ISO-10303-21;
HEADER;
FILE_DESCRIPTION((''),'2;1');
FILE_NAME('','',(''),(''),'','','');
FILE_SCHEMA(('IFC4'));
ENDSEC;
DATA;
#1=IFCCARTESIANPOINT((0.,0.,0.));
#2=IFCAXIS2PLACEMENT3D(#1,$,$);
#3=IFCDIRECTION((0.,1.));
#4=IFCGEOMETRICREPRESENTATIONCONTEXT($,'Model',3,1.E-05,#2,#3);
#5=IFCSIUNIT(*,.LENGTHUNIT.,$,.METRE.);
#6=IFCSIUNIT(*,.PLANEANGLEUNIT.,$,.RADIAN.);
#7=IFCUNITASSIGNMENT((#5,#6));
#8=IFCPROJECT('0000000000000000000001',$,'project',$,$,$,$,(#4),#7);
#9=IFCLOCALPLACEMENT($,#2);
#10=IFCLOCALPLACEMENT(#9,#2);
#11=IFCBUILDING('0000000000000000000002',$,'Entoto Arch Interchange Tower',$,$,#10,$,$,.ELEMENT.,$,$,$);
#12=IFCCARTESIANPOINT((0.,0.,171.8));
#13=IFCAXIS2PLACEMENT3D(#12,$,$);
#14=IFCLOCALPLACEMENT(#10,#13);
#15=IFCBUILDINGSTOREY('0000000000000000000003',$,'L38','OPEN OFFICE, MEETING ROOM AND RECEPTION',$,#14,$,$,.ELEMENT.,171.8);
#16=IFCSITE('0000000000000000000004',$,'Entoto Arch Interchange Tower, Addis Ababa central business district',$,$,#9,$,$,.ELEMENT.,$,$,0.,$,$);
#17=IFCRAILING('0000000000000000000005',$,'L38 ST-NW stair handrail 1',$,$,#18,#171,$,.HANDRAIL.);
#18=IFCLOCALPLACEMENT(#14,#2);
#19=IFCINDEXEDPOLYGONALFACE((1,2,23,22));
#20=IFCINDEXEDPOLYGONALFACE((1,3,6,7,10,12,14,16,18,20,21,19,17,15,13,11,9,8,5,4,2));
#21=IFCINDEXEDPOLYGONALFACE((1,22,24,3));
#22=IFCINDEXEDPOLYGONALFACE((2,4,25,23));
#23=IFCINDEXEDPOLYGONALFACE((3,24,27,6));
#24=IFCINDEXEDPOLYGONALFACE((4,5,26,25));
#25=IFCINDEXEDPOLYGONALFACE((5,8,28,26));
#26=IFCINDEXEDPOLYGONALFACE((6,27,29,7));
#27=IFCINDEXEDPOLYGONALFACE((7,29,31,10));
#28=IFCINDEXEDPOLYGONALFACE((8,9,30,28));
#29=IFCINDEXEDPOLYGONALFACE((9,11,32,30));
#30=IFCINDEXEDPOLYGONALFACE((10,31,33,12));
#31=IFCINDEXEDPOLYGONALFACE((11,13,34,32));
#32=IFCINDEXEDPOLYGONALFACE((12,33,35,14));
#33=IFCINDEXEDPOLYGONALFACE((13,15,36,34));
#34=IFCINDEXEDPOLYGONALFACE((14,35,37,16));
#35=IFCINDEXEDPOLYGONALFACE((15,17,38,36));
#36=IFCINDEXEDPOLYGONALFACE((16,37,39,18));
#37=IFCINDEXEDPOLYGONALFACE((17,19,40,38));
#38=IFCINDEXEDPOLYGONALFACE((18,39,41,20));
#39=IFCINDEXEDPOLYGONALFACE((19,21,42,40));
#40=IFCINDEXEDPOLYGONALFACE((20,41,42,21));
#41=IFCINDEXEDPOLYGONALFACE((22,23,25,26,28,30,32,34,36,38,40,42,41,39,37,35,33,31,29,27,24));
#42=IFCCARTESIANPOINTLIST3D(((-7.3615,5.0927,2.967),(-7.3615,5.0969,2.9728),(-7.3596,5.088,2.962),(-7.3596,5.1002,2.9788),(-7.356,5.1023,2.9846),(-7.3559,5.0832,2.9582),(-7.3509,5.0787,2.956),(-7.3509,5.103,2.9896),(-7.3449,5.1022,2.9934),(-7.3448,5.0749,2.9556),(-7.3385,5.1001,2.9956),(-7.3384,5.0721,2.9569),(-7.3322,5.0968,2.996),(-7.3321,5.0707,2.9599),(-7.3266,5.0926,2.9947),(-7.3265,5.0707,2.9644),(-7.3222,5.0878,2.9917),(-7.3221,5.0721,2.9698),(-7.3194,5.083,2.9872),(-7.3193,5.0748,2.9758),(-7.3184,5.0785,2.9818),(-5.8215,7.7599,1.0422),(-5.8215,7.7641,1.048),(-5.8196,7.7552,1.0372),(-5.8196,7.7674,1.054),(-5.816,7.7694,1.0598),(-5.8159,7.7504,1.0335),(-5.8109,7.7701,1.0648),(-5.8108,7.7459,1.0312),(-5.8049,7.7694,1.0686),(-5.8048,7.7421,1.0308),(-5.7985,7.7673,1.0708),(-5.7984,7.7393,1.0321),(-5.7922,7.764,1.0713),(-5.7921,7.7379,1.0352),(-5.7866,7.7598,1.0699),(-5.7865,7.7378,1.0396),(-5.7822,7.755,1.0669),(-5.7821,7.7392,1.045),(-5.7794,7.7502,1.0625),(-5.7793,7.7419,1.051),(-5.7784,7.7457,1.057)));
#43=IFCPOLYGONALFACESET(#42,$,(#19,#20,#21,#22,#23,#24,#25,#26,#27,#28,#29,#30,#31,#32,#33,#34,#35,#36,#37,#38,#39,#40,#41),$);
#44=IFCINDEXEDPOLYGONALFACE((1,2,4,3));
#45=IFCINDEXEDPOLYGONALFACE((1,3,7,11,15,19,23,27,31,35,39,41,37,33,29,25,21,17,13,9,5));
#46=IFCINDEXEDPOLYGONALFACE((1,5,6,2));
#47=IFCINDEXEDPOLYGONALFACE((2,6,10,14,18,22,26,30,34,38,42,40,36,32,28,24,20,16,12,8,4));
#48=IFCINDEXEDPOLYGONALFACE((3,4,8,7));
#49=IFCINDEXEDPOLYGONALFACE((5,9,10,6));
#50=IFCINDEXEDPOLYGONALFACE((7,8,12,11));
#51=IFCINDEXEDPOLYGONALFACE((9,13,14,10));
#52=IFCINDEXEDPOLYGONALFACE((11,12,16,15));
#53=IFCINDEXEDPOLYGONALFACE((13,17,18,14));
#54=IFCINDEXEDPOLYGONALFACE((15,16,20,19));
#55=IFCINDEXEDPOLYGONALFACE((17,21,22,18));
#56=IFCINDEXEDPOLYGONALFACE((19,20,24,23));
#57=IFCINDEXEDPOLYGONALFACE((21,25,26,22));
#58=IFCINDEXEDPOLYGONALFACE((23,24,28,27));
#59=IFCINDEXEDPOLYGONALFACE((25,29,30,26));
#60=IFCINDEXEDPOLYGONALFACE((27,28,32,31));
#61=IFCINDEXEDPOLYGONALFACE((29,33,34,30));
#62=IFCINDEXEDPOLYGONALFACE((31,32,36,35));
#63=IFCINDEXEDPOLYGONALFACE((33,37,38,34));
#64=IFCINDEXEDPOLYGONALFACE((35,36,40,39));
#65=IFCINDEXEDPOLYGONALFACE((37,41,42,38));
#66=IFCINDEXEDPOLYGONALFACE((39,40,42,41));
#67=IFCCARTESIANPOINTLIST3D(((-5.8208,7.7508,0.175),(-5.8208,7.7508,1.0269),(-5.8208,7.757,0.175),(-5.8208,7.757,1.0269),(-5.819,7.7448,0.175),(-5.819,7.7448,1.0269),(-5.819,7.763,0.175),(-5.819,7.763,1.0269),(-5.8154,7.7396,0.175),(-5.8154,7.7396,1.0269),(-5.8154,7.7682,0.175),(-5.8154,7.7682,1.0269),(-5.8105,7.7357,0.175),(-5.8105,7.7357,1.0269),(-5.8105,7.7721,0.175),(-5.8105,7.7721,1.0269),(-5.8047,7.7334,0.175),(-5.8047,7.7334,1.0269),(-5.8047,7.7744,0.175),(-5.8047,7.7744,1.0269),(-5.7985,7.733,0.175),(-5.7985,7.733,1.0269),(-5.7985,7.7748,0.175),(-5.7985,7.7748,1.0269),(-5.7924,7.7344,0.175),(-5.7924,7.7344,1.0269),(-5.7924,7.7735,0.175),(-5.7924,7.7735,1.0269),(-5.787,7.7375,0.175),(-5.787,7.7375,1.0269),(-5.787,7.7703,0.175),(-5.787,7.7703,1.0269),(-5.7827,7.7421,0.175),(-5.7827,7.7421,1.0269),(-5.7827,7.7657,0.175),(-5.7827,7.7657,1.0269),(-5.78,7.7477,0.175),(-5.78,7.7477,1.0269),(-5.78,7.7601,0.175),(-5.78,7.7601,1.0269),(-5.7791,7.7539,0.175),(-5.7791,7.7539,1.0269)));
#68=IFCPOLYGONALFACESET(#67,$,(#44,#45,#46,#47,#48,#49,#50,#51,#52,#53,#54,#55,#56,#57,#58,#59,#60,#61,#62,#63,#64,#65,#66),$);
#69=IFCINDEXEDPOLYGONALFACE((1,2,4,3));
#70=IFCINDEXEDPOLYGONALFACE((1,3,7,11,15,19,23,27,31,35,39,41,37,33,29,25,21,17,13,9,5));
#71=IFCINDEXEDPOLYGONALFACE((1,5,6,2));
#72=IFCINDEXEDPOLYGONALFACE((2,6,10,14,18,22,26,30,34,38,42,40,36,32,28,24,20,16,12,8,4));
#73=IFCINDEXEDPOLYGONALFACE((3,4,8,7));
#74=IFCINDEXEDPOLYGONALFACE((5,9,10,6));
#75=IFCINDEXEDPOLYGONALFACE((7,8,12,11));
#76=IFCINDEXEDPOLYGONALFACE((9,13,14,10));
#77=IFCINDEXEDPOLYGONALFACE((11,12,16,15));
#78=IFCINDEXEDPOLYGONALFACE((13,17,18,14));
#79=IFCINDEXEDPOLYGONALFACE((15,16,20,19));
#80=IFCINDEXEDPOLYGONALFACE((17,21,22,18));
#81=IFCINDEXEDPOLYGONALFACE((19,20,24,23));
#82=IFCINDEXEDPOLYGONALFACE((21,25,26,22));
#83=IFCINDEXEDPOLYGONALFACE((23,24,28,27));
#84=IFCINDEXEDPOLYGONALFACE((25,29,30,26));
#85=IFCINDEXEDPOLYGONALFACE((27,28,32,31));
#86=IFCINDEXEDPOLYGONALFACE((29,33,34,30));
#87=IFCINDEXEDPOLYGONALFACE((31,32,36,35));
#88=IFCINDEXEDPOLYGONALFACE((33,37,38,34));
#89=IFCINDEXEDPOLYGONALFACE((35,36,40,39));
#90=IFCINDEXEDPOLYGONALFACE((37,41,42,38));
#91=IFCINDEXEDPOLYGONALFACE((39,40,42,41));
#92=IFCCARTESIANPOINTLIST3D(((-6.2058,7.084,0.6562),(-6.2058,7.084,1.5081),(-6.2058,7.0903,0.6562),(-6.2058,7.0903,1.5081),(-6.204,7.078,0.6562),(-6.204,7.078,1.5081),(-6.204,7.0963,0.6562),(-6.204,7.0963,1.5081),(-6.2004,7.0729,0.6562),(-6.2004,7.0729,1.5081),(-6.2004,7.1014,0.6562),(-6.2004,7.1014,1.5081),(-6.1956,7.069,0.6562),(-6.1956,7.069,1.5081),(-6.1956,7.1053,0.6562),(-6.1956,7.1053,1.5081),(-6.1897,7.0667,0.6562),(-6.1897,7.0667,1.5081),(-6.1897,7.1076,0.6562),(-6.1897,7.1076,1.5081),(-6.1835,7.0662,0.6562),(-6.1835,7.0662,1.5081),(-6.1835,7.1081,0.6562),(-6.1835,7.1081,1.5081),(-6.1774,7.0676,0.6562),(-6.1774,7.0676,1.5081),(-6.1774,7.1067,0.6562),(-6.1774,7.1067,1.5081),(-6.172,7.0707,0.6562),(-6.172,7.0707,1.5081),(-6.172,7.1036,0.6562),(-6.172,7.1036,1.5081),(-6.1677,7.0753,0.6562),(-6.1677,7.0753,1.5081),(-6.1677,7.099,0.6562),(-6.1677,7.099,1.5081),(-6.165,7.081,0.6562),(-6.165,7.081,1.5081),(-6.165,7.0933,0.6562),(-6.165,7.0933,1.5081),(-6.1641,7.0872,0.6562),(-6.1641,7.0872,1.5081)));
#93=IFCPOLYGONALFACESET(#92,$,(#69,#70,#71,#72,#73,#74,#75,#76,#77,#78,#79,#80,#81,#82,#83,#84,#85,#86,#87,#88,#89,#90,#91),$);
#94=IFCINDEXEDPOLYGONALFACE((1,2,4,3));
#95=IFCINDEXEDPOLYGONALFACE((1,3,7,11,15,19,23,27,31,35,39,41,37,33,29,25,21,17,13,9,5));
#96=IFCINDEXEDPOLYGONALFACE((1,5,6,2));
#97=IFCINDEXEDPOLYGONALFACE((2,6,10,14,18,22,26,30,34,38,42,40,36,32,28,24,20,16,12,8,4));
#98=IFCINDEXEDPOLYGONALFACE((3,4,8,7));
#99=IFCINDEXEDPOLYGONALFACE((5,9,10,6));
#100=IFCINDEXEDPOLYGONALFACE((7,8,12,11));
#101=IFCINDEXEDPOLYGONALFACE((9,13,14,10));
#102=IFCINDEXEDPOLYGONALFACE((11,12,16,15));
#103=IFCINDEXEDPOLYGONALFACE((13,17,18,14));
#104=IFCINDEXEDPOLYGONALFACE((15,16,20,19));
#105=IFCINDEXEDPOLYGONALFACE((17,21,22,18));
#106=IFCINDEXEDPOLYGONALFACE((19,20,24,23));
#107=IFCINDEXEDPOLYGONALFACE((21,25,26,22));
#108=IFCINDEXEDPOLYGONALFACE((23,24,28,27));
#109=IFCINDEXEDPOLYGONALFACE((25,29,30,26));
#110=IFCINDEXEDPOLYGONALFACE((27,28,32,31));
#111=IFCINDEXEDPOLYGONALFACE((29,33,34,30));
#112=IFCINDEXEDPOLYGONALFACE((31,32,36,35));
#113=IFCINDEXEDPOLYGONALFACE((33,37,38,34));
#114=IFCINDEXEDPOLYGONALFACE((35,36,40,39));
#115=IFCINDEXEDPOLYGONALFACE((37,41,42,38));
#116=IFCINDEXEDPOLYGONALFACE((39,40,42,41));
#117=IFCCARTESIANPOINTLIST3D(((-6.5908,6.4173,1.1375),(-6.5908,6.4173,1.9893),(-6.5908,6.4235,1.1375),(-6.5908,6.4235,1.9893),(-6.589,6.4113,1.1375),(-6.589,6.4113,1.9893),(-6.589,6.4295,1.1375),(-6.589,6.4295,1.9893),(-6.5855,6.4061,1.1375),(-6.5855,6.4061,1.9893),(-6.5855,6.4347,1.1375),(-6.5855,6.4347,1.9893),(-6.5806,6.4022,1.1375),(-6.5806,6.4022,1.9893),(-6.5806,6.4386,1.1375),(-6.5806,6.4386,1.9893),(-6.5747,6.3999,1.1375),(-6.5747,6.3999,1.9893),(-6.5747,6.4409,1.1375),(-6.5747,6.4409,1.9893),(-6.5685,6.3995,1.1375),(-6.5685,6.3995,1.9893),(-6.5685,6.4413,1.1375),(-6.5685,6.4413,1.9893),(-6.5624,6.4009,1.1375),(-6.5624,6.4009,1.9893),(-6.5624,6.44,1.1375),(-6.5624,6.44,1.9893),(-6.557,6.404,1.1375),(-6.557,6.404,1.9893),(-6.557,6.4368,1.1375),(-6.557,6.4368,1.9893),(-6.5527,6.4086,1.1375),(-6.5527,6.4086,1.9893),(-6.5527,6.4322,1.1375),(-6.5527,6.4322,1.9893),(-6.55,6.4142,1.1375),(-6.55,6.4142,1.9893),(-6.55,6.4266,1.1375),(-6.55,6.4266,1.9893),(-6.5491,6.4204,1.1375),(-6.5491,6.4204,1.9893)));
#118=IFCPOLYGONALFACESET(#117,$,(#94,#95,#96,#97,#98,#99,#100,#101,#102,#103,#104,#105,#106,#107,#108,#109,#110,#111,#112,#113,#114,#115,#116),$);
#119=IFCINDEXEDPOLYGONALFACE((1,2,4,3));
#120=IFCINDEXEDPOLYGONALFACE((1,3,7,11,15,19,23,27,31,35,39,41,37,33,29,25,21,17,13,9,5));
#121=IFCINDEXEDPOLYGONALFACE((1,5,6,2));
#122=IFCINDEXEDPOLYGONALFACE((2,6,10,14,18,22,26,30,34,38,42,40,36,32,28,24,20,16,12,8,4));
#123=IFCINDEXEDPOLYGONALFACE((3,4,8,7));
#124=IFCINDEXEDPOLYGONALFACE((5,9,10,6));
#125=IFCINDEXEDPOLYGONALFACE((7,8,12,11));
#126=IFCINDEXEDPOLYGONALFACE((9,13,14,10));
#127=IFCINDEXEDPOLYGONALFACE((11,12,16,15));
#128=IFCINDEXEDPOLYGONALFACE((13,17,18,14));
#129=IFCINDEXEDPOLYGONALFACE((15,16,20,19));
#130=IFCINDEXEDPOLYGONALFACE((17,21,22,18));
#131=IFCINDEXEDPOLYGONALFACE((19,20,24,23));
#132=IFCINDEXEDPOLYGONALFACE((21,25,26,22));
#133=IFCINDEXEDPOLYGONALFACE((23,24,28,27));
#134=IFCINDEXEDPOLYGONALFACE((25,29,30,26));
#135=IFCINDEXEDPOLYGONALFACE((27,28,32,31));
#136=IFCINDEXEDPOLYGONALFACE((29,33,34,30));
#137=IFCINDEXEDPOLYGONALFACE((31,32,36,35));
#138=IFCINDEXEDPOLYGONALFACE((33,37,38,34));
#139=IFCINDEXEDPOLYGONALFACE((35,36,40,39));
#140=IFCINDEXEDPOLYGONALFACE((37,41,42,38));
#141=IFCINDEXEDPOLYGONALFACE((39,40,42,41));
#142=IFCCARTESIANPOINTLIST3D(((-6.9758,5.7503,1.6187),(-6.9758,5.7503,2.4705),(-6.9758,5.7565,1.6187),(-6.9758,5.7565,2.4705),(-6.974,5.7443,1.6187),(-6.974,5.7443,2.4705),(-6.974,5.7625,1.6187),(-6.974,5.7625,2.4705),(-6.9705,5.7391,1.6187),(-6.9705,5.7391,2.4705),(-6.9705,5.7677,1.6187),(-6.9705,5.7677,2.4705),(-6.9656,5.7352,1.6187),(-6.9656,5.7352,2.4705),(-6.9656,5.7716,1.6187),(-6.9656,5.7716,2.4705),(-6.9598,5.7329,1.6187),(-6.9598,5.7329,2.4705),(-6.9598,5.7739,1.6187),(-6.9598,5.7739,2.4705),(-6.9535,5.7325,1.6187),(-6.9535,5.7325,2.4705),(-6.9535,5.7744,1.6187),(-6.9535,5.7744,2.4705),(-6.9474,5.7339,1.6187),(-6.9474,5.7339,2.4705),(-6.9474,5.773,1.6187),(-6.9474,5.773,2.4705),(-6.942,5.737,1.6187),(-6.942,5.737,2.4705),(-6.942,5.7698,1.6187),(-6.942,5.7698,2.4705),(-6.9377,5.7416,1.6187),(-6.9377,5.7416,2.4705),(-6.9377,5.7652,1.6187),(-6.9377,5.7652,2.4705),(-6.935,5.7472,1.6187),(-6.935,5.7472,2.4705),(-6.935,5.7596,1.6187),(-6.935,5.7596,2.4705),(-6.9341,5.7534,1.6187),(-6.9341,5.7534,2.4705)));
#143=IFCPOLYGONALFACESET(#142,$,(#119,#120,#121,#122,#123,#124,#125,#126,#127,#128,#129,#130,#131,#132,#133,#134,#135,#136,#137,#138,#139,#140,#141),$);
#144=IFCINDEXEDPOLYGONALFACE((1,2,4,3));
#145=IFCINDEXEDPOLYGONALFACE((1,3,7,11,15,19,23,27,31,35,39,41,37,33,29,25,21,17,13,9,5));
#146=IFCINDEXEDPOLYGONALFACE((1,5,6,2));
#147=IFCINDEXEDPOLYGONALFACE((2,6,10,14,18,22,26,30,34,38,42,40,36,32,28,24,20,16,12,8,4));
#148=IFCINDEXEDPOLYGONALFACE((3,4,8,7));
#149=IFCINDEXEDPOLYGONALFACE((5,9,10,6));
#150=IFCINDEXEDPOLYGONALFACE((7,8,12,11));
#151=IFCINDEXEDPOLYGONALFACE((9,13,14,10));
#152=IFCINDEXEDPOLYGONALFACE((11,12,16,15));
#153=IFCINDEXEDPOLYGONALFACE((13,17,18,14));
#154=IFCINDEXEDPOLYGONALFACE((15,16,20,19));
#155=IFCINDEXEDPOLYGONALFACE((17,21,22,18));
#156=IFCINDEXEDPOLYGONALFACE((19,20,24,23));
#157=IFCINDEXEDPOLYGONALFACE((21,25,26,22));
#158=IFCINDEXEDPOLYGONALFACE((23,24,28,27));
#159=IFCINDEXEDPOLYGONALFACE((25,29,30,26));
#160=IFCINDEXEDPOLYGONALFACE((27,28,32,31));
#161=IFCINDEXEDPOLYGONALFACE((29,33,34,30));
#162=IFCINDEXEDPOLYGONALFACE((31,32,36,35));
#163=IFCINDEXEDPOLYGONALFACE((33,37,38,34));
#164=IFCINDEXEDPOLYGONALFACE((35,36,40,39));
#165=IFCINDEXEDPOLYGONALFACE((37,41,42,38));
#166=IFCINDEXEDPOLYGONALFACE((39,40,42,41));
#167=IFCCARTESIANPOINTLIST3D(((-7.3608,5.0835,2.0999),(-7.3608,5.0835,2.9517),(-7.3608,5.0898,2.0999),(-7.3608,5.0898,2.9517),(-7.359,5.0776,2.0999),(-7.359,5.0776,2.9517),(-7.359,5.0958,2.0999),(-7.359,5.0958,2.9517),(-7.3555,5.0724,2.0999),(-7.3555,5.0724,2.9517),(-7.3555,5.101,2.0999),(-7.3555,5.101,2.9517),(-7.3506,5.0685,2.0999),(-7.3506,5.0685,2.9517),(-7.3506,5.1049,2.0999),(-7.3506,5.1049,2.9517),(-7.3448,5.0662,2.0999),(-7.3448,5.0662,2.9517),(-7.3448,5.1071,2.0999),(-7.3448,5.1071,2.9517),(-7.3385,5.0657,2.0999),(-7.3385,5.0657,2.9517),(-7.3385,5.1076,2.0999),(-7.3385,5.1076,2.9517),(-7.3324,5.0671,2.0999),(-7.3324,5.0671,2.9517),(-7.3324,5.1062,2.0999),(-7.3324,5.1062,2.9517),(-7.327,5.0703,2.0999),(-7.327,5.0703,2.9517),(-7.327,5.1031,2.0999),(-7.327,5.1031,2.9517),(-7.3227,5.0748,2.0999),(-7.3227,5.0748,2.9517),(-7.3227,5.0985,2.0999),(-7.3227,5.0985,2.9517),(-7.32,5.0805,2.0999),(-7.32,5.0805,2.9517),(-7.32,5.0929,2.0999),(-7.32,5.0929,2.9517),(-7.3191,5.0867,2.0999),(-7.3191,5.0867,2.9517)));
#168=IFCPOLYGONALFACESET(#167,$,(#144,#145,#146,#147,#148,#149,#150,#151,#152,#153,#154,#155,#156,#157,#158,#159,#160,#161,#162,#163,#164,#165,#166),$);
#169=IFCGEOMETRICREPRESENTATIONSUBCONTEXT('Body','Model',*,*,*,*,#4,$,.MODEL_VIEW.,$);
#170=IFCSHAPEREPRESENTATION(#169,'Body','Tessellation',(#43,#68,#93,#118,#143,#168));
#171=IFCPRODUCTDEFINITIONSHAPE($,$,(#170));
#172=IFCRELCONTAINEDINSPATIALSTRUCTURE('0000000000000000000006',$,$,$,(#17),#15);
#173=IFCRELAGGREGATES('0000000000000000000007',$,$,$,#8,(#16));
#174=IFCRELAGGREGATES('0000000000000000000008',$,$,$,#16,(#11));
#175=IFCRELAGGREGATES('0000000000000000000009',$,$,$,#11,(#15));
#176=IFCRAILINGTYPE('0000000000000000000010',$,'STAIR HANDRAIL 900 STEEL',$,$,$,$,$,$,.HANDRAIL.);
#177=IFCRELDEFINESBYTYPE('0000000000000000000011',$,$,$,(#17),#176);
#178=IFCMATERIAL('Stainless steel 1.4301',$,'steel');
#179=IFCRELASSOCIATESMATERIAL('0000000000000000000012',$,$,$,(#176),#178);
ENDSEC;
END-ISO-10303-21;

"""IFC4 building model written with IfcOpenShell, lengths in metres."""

from ifc_helpers import new_model, si_unit, direction, frame, origin, origin_2d, place, context, subcontext, project, spatial, circle, extrude, material, type_object, element, save


model = new_model("IFC4")

# Units and contexts
model_context = context("Model", 3, precision=1e-05, world=origin(), true_north=direction((0.0, 1.0)))
body_context = subcontext(model_context, "Body", "Model", "MODEL_VIEW")
ifc_project = project(units=[si_unit("LENGTHUNIT", "METRE"), si_unit("PLANEANGLEUNIT", "RADIAN")], contexts=[model_context])

# Site, building, storey
site_placement = place(None, origin())
site = spatial("IfcSite", under=ifc_project, at=site_placement, Name="Entoto Arch Interchange Tower, Addis Ababa central business district", CompositionType="ELEMENT", RefElevation=0.0)
building_placement = place(site_placement, origin())
building = spatial("IfcBuilding", under=site, at=building_placement, Name="Entoto Arch Interchange Tower", CompositionType="ELEMENT")
storey_placement = place(building_placement, frame((0.0, 0.0, 171.8)))
storey = spatial("IfcBuildingStorey", under=building, at=storey_placement, Name="L38", Description="OPEN OFFICE, MEETING ROOM AND RECEPTION", CompositionType="ELEMENT", Elevation=171.8)

# Railing
ifc_material_1 = material(Name="Stainless steel 1.4301", Category="steel")
railing_type_1 = type_object("IfcRailingType", Name="STAIR HANDRAIL 900 STEEL", PredefinedType="HANDRAIL", material=ifc_material_1)
railing_1_placement = place(storey_placement, frame((-5.8, 7.7539, 0.175)))
element("IfcRailing", 1, at=railing_1_placement, inside=storey, type_object=railing_type_1, Name="L38 ST-NW stair handrail 1", PredefinedType="HANDRAIL", context=body_context, shape_type="SweptSolid", body=[
    extrude(circle(Radius=0.0239, at=origin_2d()), frame((0.0, 0.0, 0.876), z_axis=(-0.424031, -0.73439, 0.529971), x_axis=(0.86601, -0.500027, 0.0)), (0.0, 0.0, 1.0), 3.6318),
    extrude(circle(Radius=0.021, at=origin_2d()), origin(), (0.0, 0.0, 1.0), 0.8518),
    extrude(circle(Radius=0.021, at=origin_2d()), frame((-0.385, -0.6667, 0.4812)), (0.0, 0.0, 1.0), 0.8518),
    extrude(circle(Radius=0.021, at=origin_2d()), frame((-0.77, -1.3335, 0.9624)), (0.0, 0.0, 1.0), 0.8518),
    extrude(circle(Radius=0.021, at=origin_2d()), frame((-1.155, -2.0005, 1.4436)), (0.0, 0.0, 1.0), 0.8518),
    extrude(circle(Radius=0.021, at=origin_2d()), frame((-1.54, -2.6672, 1.9248)), (0.0, 0.0, 1.0), 0.8518),
])

save(model, "model.ifc")
